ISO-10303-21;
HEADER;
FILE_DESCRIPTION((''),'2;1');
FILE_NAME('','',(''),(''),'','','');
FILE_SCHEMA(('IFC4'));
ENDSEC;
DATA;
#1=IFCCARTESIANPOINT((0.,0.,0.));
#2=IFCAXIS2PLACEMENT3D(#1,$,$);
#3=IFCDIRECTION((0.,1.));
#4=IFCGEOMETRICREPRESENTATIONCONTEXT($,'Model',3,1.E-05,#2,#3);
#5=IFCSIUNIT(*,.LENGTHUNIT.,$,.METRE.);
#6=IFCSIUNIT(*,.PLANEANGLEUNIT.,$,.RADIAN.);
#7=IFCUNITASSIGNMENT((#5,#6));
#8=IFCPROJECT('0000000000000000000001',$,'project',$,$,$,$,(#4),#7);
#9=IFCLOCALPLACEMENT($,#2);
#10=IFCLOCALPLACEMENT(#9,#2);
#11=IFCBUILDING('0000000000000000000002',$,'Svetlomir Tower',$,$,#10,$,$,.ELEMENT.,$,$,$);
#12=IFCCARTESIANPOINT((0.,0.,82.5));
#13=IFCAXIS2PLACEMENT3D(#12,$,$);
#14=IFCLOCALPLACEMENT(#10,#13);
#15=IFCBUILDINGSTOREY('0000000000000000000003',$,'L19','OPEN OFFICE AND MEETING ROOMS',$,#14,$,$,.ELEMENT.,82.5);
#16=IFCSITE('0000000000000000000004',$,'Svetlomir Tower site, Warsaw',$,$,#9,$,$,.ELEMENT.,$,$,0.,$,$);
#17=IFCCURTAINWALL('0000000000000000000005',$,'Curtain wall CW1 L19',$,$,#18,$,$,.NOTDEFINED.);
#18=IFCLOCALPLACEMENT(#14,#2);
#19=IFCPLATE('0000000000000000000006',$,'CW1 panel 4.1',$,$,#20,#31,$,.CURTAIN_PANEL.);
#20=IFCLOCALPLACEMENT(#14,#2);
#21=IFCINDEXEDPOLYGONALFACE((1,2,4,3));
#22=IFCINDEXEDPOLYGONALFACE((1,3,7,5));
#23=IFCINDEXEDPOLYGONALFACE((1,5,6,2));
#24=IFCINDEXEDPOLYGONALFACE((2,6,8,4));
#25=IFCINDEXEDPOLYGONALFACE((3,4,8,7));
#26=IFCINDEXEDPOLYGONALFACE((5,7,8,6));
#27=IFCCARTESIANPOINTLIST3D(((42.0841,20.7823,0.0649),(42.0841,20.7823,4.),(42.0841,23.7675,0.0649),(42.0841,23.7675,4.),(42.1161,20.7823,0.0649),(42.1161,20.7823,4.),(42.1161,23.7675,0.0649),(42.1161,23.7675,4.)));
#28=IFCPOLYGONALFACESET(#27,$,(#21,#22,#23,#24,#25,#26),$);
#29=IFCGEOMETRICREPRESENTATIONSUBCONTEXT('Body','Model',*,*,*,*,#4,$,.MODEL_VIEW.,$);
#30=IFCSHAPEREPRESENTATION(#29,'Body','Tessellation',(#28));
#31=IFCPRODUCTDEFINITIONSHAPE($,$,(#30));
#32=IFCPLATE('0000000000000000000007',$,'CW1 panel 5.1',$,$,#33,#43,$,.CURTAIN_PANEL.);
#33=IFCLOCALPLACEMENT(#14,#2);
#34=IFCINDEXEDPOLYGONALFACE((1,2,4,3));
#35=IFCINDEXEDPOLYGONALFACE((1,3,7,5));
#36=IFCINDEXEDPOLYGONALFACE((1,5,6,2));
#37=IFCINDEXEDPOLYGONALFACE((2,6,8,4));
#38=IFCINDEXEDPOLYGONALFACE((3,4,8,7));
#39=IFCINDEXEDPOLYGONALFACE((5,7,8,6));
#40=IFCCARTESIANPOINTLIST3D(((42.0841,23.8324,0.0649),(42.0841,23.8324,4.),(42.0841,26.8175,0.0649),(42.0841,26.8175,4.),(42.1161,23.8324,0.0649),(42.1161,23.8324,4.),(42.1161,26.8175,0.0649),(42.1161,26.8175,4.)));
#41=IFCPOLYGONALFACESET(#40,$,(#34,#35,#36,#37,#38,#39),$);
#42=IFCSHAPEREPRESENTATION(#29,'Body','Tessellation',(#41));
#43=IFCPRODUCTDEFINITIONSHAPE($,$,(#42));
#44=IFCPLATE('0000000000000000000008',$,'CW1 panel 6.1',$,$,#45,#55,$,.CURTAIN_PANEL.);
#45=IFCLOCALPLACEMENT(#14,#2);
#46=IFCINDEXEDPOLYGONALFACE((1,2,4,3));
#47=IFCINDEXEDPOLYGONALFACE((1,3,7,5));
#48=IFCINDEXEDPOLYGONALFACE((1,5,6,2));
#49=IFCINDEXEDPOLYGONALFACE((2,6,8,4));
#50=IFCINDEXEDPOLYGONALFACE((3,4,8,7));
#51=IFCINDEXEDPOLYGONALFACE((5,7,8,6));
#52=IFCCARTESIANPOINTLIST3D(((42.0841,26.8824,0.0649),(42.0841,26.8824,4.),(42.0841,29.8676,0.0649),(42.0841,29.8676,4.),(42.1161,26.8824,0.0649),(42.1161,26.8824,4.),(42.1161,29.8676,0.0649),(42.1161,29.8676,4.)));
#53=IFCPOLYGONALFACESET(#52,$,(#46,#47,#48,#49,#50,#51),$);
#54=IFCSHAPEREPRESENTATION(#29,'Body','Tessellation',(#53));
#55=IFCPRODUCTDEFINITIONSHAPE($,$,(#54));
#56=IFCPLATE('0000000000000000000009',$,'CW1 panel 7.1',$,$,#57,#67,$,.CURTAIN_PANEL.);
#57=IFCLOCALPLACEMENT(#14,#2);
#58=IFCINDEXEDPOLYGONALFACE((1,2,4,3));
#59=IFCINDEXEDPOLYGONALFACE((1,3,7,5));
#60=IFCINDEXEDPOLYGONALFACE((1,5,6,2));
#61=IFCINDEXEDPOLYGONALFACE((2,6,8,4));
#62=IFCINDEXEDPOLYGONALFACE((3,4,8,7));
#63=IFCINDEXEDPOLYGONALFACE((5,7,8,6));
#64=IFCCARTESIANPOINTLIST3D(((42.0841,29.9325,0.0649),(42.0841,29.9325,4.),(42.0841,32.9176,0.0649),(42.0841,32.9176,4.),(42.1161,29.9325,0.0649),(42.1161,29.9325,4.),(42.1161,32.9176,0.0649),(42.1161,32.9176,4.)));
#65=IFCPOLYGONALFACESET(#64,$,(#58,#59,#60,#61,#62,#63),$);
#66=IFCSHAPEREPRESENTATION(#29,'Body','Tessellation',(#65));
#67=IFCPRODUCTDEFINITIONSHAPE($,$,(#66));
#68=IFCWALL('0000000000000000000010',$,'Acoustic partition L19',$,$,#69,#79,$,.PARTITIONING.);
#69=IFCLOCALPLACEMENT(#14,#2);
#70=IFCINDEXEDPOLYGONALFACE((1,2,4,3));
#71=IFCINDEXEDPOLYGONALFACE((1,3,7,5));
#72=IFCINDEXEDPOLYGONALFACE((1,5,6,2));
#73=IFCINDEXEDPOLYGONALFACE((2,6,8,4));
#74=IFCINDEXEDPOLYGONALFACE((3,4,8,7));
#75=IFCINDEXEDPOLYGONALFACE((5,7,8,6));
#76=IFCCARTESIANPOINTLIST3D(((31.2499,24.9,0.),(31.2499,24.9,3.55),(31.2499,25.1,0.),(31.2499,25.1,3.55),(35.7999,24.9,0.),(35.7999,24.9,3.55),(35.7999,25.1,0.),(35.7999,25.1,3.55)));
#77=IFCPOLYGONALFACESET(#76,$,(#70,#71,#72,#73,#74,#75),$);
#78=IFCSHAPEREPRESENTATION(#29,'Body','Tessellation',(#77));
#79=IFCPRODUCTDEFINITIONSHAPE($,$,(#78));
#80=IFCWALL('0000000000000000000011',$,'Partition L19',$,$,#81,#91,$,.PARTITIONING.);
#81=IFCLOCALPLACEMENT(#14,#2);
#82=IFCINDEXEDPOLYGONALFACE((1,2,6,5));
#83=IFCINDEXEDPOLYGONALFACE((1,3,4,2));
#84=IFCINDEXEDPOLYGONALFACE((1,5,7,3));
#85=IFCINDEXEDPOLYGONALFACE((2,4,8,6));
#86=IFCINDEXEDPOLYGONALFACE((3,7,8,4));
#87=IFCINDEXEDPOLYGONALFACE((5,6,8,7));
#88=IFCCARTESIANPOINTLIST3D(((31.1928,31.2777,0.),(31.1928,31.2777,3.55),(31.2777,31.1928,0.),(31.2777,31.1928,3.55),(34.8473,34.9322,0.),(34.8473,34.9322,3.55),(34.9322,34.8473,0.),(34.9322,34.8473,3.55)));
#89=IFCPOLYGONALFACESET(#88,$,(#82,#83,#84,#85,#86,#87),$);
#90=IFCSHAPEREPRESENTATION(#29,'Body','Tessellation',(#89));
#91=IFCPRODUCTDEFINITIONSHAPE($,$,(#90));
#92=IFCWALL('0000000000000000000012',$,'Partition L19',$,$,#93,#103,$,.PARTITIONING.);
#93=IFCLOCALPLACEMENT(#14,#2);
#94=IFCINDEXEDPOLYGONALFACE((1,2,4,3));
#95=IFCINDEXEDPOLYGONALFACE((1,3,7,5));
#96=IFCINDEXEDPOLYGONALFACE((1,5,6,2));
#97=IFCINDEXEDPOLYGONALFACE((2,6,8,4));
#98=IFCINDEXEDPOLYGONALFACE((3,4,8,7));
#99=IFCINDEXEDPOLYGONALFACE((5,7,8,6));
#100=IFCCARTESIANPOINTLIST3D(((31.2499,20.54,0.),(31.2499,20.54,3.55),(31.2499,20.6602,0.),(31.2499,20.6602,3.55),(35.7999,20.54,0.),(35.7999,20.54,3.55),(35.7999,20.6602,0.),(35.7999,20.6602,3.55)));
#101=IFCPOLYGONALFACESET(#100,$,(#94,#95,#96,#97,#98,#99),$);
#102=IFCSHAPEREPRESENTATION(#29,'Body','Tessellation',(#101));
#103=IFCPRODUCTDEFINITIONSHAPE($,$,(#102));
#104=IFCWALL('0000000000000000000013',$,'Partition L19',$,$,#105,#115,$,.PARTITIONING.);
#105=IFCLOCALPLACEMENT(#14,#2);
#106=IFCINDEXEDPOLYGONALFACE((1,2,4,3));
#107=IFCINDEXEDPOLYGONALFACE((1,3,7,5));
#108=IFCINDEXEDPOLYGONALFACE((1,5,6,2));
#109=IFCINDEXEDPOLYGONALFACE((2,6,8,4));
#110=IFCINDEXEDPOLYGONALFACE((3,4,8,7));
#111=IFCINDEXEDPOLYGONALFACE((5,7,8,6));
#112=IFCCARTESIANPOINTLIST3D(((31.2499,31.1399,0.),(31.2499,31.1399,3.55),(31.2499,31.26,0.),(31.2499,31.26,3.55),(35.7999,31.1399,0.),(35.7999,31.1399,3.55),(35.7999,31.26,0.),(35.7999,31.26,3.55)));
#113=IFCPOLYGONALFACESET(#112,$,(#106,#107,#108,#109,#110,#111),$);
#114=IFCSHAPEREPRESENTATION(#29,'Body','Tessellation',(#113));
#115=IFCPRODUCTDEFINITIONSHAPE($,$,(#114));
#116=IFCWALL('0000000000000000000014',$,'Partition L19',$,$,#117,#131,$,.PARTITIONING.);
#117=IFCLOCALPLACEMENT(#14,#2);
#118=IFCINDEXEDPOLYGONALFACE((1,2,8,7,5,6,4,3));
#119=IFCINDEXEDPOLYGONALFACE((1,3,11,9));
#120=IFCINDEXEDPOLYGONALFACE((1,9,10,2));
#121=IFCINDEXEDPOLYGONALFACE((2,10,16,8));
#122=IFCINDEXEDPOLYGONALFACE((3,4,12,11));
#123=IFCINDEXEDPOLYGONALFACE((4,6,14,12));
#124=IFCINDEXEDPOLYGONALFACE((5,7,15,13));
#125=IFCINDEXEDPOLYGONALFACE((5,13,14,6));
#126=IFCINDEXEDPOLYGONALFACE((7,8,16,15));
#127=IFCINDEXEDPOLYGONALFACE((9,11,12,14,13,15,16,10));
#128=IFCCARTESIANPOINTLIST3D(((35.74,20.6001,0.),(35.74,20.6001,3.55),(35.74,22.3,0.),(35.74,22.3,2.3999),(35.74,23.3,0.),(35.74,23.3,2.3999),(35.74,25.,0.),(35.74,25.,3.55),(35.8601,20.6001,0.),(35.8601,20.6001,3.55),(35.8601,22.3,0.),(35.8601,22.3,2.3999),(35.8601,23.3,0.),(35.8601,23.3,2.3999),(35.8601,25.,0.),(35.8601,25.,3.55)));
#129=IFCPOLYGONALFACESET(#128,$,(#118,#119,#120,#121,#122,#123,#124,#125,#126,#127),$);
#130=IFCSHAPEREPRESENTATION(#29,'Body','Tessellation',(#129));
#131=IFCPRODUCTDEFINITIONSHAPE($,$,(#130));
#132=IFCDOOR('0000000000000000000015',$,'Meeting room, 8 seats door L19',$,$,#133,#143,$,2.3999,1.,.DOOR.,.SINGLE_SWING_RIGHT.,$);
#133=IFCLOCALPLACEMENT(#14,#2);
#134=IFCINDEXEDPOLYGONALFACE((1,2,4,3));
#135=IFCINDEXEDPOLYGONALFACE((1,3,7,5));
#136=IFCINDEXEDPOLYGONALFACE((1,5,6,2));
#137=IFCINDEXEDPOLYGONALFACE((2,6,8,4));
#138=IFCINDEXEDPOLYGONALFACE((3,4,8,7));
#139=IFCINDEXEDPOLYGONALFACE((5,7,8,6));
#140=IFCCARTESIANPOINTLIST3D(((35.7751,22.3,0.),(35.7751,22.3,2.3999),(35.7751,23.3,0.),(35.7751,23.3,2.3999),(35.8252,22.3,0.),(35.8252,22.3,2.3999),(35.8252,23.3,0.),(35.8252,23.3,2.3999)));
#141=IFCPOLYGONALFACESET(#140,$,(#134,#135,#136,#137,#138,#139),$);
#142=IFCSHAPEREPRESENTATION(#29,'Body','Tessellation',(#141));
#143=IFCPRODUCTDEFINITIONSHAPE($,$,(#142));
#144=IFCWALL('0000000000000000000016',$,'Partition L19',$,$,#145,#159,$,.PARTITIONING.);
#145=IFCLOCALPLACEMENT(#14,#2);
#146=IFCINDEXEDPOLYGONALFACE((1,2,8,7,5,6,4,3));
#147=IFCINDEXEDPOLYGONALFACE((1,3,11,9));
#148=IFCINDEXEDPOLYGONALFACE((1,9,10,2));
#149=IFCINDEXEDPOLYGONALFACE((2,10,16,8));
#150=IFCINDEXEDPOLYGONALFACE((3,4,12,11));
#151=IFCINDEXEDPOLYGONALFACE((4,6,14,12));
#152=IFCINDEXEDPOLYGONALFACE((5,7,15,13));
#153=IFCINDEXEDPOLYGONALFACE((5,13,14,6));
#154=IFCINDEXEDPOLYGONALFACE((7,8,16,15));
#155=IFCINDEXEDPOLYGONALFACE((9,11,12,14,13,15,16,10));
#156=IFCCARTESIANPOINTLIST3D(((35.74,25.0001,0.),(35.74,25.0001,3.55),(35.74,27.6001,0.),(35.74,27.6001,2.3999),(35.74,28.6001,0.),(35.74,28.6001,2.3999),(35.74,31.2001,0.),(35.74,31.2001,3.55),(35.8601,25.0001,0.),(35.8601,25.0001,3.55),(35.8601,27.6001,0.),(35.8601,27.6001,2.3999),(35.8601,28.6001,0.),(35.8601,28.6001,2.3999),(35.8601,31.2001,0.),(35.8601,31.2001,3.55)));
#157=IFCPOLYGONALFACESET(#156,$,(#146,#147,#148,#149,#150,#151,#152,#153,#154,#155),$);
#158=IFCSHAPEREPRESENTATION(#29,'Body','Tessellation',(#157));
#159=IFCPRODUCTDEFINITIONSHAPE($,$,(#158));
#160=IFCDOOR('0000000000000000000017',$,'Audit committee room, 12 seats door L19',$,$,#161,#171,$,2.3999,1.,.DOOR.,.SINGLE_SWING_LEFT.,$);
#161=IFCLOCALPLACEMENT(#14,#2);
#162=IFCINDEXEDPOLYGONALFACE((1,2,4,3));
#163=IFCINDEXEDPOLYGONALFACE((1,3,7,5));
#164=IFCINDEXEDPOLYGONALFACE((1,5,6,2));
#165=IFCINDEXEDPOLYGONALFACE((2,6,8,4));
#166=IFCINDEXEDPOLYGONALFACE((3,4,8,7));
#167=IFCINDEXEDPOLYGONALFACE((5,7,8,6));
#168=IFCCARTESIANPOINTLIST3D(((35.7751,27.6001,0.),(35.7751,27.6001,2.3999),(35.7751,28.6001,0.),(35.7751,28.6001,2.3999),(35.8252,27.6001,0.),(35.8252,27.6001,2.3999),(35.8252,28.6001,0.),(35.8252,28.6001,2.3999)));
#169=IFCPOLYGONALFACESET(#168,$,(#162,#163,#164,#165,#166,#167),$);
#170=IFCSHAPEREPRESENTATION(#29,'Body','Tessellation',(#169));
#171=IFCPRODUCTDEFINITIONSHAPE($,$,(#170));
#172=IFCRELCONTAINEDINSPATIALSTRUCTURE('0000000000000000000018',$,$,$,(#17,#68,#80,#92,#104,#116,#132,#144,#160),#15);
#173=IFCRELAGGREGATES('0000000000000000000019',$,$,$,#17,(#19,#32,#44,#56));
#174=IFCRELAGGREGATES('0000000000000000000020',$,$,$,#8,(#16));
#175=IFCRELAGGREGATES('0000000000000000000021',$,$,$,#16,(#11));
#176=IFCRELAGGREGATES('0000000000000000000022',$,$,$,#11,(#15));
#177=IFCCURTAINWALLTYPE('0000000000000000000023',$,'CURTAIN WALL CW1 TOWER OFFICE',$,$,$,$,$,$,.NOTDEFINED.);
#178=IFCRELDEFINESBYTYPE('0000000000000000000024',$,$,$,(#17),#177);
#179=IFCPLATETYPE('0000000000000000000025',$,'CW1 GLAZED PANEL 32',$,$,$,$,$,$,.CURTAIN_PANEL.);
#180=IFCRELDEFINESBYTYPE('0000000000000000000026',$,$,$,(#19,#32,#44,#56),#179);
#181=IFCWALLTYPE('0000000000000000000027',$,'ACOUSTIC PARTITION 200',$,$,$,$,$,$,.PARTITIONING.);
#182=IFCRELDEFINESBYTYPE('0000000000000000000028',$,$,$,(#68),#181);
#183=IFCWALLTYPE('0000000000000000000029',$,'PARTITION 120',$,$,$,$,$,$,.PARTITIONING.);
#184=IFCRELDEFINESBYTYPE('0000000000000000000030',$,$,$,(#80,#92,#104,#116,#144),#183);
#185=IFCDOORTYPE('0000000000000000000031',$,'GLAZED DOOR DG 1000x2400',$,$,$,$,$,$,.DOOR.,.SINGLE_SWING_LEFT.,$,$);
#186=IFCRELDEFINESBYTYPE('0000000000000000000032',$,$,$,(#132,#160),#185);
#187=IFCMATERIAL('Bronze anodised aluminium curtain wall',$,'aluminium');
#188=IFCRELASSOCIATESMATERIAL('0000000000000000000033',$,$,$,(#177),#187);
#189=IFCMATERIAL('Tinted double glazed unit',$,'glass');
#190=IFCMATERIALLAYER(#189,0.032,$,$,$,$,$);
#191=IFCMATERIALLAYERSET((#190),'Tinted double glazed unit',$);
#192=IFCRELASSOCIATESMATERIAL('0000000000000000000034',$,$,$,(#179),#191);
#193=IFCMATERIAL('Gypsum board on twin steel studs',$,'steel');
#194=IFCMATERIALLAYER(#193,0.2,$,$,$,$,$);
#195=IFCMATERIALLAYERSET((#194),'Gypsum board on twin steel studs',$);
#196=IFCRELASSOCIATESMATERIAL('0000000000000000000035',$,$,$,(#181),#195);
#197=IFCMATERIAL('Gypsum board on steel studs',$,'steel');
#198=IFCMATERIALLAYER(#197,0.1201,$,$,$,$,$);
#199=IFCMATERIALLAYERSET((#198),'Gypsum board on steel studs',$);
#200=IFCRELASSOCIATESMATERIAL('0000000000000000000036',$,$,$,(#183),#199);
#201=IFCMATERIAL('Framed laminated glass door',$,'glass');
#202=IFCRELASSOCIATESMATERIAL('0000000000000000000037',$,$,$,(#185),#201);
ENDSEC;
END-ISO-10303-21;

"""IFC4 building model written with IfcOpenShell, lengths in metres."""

from ifc_helpers import new_model, si_unit, direction, frame, frame_2d, origin, origin_2d, place, context, subcontext, project, spatial, rectangle, extrude, material, layer, layer_set, type_object, element, fill, aggregate, save


model = new_model("IFC4")

# Units and contexts
model_context = context("Model", 3, precision=1e-05, world=origin(), true_north=direction((0.0, 1.0)))
body_context = subcontext(model_context, "Body", "Model", "MODEL_VIEW")
ifc_project = project(units=[si_unit("LENGTHUNIT", "METRE"), si_unit("PLANEANGLEUNIT", "RADIAN")], contexts=[model_context])

# Site, building, storey
site_placement = place(None, origin())
site = spatial("IfcSite", under=ifc_project, at=site_placement, Name="Svetlomir Tower site, Warsaw", CompositionType="ELEMENT", RefElevation=0.0)
building_placement = place(site_placement, origin())
building = spatial("IfcBuilding", under=site, at=building_placement, Name="Svetlomir Tower", CompositionType="ELEMENT")
storey_placement = place(building_placement, frame((0.0, 0.0, 82.5)))
storey = spatial("IfcBuildingStorey", under=building, at=storey_placement, Name="L19", Description="OPEN OFFICE AND MEETING ROOMS", CompositionType="ELEMENT", Elevation=82.5)

# Curtain wall
ifc_material_1 = material(Name="Bronze anodised aluminium curtain wall", Category="aluminium")
curtain_wall_type = type_object("IfcCurtainWallType", Name="CURTAIN WALL CW1 TOWER OFFICE", PredefinedType="NOTDEFINED", material=ifc_material_1)
curtain_wall_placement = place(storey_placement, origin())
curtain_wall = element("IfcCurtainWall", 1, at=curtain_wall_placement, inside=storey, type_object=curtain_wall_type, Name="Curtain wall CW1 L19", PredefinedType="NOTDEFINED")

# Plates
ifc_material_2 = material(Name="Tinted double glazed unit", Category="glass")
ifc_layer_1 = layer(ifc_material_2, 0.032)
ifc_layer_set_1 = layer_set([ifc_layer_1], Name="Tinted double glazed unit")
plate_type = type_object("IfcPlateType", Name="CW1 GLAZED PANEL 32", PredefinedType="CURTAIN_PANEL", material=ifc_layer_set_1)
plate_1_placement = place(storey_placement, frame((42.1001, 22.2749, 0.0649), z_axis=(0.0, 0.0, 1.0), x_axis=(0.0, 1.0, 0.0)))
plate_1 = element("IfcPlate", 2, at=plate_1_placement, type_object=plate_type, Name="CW1 panel 4.1", PredefinedType="CURTAIN_PANEL", context=body_context, shape_type="SweptSolid", body=[
    extrude(rectangle(XDim=2.9851, YDim=0.032, at=origin_2d()), origin(), (0.0, 0.0, 1.0), 3.9351),
])
plate_2_placement = place(storey_placement, frame((42.1001, 25.325, 0.0649), z_axis=(0.0, 0.0, 1.0), x_axis=(0.0, 1.0, 0.0)))
plate_2 = element("IfcPlate", 3, at=plate_2_placement, type_object=plate_type, Name="CW1 panel 5.1", PredefinedType="CURTAIN_PANEL", context=body_context, shape_type="SweptSolid", body=[
    extrude(rectangle(XDim=2.9851, YDim=0.032, at=origin_2d()), origin(), (0.0, 0.0, 1.0), 3.9351),
])
plate_3_placement = place(storey_placement, frame((42.1001, 28.375, 0.0649), z_axis=(0.0, 0.0, 1.0), x_axis=(0.0, 1.0, 0.0)))
plate_3 = element("IfcPlate", 4, at=plate_3_placement, type_object=plate_type, Name="CW1 panel 6.1", PredefinedType="CURTAIN_PANEL", context=body_context, shape_type="SweptSolid", body=[
    extrude(rectangle(XDim=2.9851, YDim=0.032, at=origin_2d()), origin(), (0.0, 0.0, 1.0), 3.9351),
])
plate_4_placement = place(storey_placement, frame((42.1001, 31.425, 0.0649), z_axis=(0.0, 0.0, 1.0), x_axis=(0.0, 1.0, 0.0)))
plate_4 = element("IfcPlate", 5, at=plate_4_placement, type_object=plate_type, Name="CW1 panel 7.1", PredefinedType="CURTAIN_PANEL", context=body_context, shape_type="SweptSolid", body=[
    extrude(rectangle(XDim=2.9851, YDim=0.032, at=origin_2d()), origin(), (0.0, 0.0, 1.0), 3.9351),
])
aggregate(curtain_wall, [plate_1, plate_2, plate_3, plate_4])

# Walls
ifc_material_3 = material(Name="Gypsum board on twin steel studs", Category="steel")
ifc_layer_2 = layer(ifc_material_3, 0.2)
ifc_layer_set_2 = layer_set([ifc_layer_2], Name="Gypsum board on twin steel studs")
wall_type_1 = type_object("IfcWallType", Name="ACOUSTIC PARTITION 200", PredefinedType="PARTITIONING", material=ifc_layer_set_2)
wall_1_placement = place(storey_placement, frame((31.25, 25.0, 0.0), z_axis=(0.0, 0.0, 1.0), x_axis=(1.0, 0.0, 0.0)))
element("IfcWall", 6, at=wall_1_placement, inside=storey, type_object=wall_type_1, Name="Acoustic partition L19", PredefinedType="PARTITIONING", context=body_context, shape_type="SweptSolid", body=[
    extrude(rectangle(XDim=4.55, YDim=0.2, at=frame_2d((2.2749, 0.0))), origin(), (0.0, 0.0, 1.0), 3.55),
])
ifc_material_4 = material(Name="Gypsum board on steel studs", Category="steel")
ifc_layer_3 = layer(ifc_material_4, 0.1201)
ifc_layer_set_3 = layer_set([ifc_layer_3], Name="Gypsum board on steel studs")
wall_type_2 = type_object("IfcWallType", Name="PARTITION 120", PredefinedType="PARTITIONING", material=ifc_layer_set_3)
wall_2_placement = place(storey_placement, frame((31.2354, 31.2354, 0.0), z_axis=(0.0, 0.0, 1.0), x_axis=(0.707107, 0.707107, 0.0)))
element("IfcWall", 7, at=wall_2_placement, inside=storey, type_object=wall_type_2, Name="Partition L19", PredefinedType="PARTITIONING", context=body_context, shape_type="SweptSolid", body=[
    extrude(rectangle(XDim=5.1682, YDim=0.1201, at=frame_2d((2.584, 0.0))), origin(), (0.0, 0.0, 1.0), 3.55),
])
for number, where, z_axis, x_axis, name in (
    (8, (31.25, 20.6001, 0.0), (0.0, 0.0, 1.0), (1.0, 0.0, 0.0), "Partition L19"),
    (9, (31.25, 31.2, 0.0), (0.0, 0.0, 1.0), (1.0, 0.0, 0.0), "Partition L19"),
):
    element("IfcWall", number, at=place(storey_placement, frame(where, z_axis=z_axis, x_axis=x_axis)), inside=storey, type_object=wall_type_2, Name=name, PredefinedType="PARTITIONING", context=body_context, shape_type="SweptSolid", body=[
        extrude(rectangle(XDim=4.55, YDim=0.1201, at=frame_2d((2.2749, 0.0))), origin(), (0.0, 0.0, 1.0), 3.55),
    ])

# Walls, openings, doors
wall_3_placement = place(storey_placement, frame((35.8, 20.6001, 0.0), z_axis=(0.0, 0.0, 1.0), x_axis=(0.0, 1.0, 0.0)))
wall_3 = element("IfcWall", 10, at=wall_3_placement, inside=storey, type_object=wall_type_2, Name="Partition L19", PredefinedType="PARTITIONING", context=body_context, shape_type="SweptSolid", body=[
    extrude(rectangle(XDim=4.3999, YDim=0.1201, at=frame_2d((2.2, 0.0))), origin(), (0.0, 0.0, 1.0), 3.55),
])
opening_1_placement = place(wall_3_placement, frame((1.7, 0.0, 0.0)))
opening_1 = element("IfcOpeningElement", 11, at=opening_1_placement, cuts=wall_3, PredefinedType="OPENING", context=body_context, shape_type="SweptSolid", body=[
    extrude(rectangle(XDim=1.0, YDim=2.3999, at=frame_2d((0.5, 1.2))), frame((0.0, 0.0701, 0.0), z_axis=(0.0, -1.0, 0.0), x_axis=(1.0, 0.0, 0.0)), (0.0, 0.0, 1.0), 0.1401),
])
ifc_material_5 = material(Name="Framed laminated glass door", Category="glass")
door_type_1 = type_object("IfcDoorType", Name="GLAZED DOOR DG 1000x2400", OperationType="SINGLE_SWING_LEFT", PredefinedType="DOOR", material=ifc_material_5)
door_1_placement = place(opening_1_placement, origin())
door_1 = element("IfcDoor", 12, at=door_1_placement, inside=storey, type_object=door_type_1, Name="Meeting room, 8 seats door L19", OperationType="SINGLE_SWING_RIGHT", OverallHeight=2.3999, OverallWidth=1.0, PredefinedType="DOOR", context=body_context, shape_type="SweptSolid", body=[
    extrude(rectangle(XDim=1.0, YDim=2.3999, at=frame_2d((0.5, 1.2))), frame((0.0, 0.0249, 0.0), z_axis=(0.0, -1.0, 0.0), x_axis=(1.0, 0.0, 0.0)), (0.0, 0.0, 1.0), 0.05),
])
fill(opening_1, door_1)
wall_4_placement = place(storey_placement, frame((35.8, 25.0, 0.0), z_axis=(0.0, 0.0, 1.0), x_axis=(0.0, 1.0, 0.0)))
wall_4 = element("IfcWall", 13, at=wall_4_placement, inside=storey, type_object=wall_type_2, Name="Partition L19", PredefinedType="PARTITIONING", context=body_context, shape_type="SweptSolid", body=[
    extrude(rectangle(XDim=6.2, YDim=0.1201, at=frame_2d((3.1001, 0.0))), origin(), (0.0, 0.0, 1.0), 3.55),
])
opening_2_placement = place(wall_4_placement, frame((2.6001, 0.0, 0.0)))
opening_2 = element("IfcOpeningElement", 14, at=opening_2_placement, cuts=wall_4, PredefinedType="OPENING", context=body_context, shape_type="SweptSolid", body=[
    extrude(rectangle(XDim=1.0, YDim=2.3999, at=frame_2d((0.5, 1.2))), frame((0.0, 0.0701, 0.0), z_axis=(0.0, -1.0, 0.0), x_axis=(1.0, 0.0, 0.0)), (0.0, 0.0, 1.0), 0.1401),
])
door_2_placement = place(opening_2_placement, origin())
door_2 = element("IfcDoor", 15, at=door_2_placement, inside=storey, type_object=door_type_1, Name="Audit committee room, 12 seats door L19", OperationType="SINGLE_SWING_LEFT", OverallHeight=2.3999, OverallWidth=1.0, PredefinedType="DOOR", context=body_context, shape_type="SweptSolid", body=[
    extrude(rectangle(XDim=1.0, YDim=2.3999, at=frame_2d((0.5, 1.2))), frame((0.0, 0.0249, 0.0), z_axis=(0.0, -1.0, 0.0), x_axis=(1.0, 0.0, 0.0)), (0.0, 0.0, 1.0), 0.05),
])
fill(opening_2, door_2)

save(model, "model.ifc")
